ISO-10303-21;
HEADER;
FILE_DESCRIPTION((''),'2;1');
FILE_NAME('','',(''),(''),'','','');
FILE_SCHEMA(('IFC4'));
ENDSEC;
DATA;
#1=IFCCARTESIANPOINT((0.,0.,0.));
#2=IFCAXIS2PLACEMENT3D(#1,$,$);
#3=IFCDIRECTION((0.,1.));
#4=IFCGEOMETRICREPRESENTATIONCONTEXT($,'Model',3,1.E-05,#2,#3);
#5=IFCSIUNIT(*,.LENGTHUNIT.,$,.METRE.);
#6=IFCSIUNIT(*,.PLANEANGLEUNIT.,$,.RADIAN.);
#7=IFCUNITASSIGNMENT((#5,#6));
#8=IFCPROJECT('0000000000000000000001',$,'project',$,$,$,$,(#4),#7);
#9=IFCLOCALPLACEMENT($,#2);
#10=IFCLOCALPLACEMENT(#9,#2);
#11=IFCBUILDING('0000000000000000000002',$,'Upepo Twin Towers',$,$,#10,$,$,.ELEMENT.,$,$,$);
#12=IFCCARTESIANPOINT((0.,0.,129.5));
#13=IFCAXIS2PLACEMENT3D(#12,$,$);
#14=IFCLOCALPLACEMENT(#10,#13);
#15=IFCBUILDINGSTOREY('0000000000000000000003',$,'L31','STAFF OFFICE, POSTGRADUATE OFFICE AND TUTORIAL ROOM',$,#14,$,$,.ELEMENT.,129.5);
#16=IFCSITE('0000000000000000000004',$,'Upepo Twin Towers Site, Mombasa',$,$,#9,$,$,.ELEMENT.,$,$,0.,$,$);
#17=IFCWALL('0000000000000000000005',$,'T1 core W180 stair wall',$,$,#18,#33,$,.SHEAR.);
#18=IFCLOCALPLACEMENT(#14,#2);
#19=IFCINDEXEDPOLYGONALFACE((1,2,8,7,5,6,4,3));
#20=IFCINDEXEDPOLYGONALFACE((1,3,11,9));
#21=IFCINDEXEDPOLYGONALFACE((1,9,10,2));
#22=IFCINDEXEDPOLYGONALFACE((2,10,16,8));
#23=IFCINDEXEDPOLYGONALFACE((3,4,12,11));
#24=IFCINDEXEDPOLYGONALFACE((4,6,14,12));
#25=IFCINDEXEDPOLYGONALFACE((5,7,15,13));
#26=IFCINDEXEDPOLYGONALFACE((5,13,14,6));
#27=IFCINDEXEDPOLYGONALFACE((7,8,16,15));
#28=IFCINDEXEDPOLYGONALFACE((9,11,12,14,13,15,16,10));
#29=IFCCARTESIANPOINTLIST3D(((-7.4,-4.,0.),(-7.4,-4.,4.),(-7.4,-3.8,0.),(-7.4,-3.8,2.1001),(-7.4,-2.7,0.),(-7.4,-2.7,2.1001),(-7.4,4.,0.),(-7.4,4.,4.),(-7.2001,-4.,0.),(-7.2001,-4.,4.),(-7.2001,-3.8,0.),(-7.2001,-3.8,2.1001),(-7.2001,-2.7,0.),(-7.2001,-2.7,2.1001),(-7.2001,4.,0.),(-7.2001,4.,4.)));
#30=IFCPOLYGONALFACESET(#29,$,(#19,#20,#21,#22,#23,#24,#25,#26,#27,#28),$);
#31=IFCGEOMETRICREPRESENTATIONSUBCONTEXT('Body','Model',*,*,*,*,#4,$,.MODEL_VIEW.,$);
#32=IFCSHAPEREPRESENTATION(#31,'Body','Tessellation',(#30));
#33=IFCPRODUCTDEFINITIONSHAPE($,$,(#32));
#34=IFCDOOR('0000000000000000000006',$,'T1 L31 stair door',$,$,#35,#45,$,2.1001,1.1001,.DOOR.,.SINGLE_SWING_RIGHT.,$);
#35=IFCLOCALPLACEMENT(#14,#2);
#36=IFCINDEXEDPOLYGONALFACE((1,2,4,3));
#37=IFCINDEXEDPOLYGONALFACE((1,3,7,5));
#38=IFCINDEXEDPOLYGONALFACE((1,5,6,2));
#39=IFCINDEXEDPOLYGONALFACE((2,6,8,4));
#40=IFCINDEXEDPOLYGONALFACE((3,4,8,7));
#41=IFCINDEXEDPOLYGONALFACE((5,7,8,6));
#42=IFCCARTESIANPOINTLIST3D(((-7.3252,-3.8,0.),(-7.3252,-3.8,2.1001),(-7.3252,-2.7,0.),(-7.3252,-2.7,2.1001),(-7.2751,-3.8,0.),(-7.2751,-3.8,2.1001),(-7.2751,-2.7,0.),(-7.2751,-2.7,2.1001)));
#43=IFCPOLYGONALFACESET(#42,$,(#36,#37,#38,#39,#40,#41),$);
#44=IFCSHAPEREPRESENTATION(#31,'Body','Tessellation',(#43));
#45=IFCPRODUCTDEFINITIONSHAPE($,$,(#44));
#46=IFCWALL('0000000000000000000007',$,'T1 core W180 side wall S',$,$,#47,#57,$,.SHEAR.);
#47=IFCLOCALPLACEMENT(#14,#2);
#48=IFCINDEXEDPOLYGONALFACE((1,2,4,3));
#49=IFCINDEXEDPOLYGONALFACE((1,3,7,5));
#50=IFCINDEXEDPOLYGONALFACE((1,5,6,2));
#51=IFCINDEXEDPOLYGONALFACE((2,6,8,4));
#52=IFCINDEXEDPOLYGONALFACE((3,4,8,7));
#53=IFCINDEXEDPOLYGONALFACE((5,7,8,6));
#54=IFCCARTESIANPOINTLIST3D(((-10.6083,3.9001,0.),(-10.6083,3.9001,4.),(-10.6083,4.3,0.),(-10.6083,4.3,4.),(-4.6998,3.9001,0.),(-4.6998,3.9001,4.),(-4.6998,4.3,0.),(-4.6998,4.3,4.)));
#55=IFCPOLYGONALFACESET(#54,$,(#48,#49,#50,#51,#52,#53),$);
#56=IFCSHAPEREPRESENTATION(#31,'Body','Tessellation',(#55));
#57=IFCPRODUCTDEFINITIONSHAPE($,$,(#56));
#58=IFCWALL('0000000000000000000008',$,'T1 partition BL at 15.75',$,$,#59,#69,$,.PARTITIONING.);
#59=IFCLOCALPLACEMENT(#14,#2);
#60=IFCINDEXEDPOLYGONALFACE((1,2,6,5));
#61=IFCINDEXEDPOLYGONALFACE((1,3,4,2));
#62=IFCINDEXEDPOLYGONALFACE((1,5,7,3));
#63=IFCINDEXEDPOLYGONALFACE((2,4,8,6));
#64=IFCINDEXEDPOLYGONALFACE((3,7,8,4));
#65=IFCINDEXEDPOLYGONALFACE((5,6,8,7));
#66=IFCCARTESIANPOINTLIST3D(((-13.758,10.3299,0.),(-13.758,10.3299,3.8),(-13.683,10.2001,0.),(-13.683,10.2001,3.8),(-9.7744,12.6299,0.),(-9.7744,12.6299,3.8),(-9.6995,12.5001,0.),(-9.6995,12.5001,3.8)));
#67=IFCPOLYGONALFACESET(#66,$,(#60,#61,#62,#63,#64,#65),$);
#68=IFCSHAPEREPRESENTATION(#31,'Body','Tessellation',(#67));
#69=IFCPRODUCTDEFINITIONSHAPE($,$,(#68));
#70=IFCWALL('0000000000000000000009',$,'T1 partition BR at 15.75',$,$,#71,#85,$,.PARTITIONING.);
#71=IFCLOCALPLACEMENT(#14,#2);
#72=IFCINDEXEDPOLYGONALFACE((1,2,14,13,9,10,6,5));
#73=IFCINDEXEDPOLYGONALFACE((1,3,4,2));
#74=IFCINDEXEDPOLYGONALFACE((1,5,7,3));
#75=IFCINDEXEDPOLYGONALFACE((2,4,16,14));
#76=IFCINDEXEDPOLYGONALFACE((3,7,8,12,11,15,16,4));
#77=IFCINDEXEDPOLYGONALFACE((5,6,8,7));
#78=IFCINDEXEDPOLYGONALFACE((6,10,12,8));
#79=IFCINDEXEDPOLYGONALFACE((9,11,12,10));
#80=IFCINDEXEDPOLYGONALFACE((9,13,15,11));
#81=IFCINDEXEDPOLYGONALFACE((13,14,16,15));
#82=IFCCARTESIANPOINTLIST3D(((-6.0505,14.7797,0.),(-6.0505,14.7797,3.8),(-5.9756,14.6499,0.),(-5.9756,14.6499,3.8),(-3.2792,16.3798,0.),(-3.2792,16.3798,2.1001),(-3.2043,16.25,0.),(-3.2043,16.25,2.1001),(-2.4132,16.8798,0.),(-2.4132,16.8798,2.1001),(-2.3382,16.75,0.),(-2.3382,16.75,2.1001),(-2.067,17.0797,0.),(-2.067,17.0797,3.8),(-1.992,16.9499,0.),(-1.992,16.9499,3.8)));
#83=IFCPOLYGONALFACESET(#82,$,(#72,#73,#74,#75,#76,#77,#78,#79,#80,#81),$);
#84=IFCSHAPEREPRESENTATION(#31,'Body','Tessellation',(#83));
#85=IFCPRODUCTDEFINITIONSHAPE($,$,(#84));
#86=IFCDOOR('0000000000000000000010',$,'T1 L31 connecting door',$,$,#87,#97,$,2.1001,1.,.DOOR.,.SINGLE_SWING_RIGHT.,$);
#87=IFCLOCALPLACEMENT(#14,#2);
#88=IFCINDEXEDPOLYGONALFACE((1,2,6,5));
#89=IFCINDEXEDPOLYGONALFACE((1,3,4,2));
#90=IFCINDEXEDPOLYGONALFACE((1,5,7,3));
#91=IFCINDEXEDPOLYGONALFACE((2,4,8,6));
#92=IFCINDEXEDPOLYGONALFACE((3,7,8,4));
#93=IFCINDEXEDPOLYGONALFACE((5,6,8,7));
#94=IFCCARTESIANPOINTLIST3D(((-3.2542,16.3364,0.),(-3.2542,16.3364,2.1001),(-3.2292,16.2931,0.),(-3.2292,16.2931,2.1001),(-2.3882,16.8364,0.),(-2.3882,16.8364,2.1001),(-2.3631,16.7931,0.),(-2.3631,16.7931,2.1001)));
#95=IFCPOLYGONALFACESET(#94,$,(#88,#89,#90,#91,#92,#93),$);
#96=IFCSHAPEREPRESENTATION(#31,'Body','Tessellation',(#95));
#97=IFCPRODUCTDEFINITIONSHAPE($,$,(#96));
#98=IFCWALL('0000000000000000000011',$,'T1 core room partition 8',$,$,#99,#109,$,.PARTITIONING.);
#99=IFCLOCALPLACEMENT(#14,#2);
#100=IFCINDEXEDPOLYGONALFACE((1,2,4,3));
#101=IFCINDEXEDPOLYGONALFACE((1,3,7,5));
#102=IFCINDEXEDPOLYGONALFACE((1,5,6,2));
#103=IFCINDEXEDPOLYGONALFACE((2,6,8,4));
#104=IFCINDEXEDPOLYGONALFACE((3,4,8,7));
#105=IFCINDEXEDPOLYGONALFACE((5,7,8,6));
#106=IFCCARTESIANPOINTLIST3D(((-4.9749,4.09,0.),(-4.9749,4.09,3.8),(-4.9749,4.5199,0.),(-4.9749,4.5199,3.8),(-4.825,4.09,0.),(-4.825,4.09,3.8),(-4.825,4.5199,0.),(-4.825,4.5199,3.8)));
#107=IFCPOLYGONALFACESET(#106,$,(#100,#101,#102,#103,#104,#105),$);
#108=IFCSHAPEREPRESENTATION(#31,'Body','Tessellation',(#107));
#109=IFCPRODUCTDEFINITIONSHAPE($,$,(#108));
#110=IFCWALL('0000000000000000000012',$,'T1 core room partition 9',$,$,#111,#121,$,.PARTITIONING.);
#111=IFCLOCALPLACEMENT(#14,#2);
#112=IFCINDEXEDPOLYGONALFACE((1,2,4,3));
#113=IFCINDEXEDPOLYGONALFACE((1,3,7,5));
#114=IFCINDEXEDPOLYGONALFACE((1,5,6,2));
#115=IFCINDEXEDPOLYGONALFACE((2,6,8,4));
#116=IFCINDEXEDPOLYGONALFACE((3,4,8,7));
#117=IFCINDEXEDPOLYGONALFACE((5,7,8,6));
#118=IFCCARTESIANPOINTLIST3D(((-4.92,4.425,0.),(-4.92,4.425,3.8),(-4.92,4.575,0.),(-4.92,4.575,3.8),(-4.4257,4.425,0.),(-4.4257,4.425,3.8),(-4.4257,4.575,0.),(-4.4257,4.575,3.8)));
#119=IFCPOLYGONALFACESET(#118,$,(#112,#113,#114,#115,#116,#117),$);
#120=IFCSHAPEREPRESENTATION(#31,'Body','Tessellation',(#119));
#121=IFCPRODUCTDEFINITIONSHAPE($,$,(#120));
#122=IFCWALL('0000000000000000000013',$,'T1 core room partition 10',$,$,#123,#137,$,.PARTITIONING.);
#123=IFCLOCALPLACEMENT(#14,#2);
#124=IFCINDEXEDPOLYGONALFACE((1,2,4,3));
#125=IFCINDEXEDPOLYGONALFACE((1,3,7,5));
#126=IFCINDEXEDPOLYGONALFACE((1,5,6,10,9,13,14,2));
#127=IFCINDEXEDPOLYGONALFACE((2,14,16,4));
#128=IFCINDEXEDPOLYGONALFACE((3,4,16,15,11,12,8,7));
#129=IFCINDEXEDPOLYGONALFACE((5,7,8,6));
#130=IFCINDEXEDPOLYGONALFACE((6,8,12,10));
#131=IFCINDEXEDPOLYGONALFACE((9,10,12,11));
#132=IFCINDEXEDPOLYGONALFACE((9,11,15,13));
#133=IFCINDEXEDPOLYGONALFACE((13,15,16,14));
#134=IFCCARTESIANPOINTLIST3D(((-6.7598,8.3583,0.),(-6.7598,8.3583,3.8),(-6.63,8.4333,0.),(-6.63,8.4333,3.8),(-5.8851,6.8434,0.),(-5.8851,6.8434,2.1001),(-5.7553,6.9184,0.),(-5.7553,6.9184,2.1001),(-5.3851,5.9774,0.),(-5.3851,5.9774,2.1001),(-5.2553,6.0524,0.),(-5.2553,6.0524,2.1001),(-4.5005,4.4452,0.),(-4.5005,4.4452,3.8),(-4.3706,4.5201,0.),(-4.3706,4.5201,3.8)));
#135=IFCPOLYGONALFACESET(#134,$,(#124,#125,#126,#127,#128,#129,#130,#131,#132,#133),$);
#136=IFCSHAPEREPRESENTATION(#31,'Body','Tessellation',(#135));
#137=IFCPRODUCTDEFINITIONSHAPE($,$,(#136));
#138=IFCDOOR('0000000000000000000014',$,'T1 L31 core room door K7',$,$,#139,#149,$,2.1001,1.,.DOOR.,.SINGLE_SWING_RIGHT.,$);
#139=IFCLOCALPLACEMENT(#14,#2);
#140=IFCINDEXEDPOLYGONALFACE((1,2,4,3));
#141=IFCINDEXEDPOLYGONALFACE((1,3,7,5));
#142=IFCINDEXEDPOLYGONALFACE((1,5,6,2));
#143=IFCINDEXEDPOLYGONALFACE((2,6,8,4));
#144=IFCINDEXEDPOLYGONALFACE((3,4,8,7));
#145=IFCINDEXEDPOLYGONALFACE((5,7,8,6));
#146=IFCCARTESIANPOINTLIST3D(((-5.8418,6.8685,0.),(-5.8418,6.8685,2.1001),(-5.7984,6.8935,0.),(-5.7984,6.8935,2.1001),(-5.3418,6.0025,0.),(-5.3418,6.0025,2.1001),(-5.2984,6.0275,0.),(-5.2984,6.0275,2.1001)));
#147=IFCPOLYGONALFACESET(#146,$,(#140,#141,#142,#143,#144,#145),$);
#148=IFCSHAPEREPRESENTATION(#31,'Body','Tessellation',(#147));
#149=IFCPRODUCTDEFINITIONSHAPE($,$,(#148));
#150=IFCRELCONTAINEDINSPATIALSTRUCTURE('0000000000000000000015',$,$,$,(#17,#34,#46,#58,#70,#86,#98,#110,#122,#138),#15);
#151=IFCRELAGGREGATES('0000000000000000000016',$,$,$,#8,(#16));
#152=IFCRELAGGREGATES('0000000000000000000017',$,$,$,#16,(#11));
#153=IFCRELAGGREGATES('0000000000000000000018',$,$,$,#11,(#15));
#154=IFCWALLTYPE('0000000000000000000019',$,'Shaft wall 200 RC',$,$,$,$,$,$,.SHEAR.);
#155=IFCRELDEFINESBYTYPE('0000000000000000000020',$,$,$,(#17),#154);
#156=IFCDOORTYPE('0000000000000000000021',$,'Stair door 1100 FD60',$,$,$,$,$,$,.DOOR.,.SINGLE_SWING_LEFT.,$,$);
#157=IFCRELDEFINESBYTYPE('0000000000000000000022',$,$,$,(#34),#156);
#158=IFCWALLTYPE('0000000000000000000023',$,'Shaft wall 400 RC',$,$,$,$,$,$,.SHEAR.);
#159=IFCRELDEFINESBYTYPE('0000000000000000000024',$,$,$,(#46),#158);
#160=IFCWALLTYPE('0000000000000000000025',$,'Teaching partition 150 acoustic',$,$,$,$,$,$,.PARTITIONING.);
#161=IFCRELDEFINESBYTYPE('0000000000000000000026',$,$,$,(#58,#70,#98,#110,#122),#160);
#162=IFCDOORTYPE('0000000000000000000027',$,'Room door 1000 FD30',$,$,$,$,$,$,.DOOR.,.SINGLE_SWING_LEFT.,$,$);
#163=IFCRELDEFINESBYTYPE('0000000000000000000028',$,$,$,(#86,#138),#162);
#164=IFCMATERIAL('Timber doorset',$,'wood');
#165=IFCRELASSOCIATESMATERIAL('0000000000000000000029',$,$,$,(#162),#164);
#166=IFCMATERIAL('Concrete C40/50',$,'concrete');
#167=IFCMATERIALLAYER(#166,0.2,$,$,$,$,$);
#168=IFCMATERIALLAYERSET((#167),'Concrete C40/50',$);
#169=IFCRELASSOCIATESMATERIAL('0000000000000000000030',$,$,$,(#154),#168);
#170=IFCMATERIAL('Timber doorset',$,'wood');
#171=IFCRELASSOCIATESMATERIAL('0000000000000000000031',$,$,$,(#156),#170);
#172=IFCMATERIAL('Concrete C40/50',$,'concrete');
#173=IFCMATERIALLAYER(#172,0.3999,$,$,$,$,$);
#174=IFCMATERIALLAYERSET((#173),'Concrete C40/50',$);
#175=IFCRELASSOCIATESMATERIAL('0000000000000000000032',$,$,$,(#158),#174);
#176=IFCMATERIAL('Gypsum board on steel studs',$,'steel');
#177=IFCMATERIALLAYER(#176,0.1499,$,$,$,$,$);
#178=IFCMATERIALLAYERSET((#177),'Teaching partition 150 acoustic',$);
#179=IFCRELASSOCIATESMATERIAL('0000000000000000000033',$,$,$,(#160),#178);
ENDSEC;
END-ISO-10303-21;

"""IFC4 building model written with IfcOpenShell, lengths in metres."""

from ifc_helpers import new_model, si_unit, direction, frame, frame_2d, origin, place, context, subcontext, project, spatial, rectangle, extrude, material, layer, layer_set, type_object, element, fill, save


model = new_model("IFC4")

# Units and contexts
model_context = context("Model", 3, precision=1e-05, world=origin(), true_north=direction((0.0, 1.0)))
body_context = subcontext(model_context, "Body", "Model", "MODEL_VIEW")
ifc_project = project(units=[si_unit("LENGTHUNIT", "METRE"), si_unit("PLANEANGLEUNIT", "RADIAN")], contexts=[model_context])

# Site, building, storey
site_placement = place(None, origin())
site = spatial("IfcSite", under=ifc_project, at=site_placement, Name="Upepo Twin Towers Site, Mombasa", CompositionType="ELEMENT", RefElevation=0.0)
building_placement = place(site_placement, origin())
building = spatial("IfcBuilding", under=site, at=building_placement, Name="Upepo Twin Towers", CompositionType="ELEMENT")
storey_placement = place(building_placement, frame((0.0, 0.0, 129.5)))
storey = spatial("IfcBuildingStorey", under=building, at=storey_placement, Name="L31", Description="STAFF OFFICE, POSTGRADUATE OFFICE AND TUTORIAL ROOM", CompositionType="ELEMENT", Elevation=129.5)

# Shared definitions
ifc_material_1 = material(Name="Timber doorset", Category="wood")
door_type_1 = type_object("IfcDoorType", Name="Room door 1000 FD30", OperationType="SINGLE_SWING_LEFT", PredefinedType="DOOR", material=ifc_material_1)

# Shared definitions
ifc_material_2 = material(Name="Concrete C40/50", Category="concrete")
ifc_layer_1 = layer(ifc_material_2, 0.2)
ifc_layer_set_1 = layer_set([ifc_layer_1], Name="Concrete C40/50")
wall_type_1 = type_object("IfcWallType", Name="Shaft wall 200 RC", PredefinedType="SHEAR", material=ifc_layer_set_1)

# Wall, opening, door
wall_1_placement = place(storey_placement, frame((-7.3, 4.0, 0.0), z_axis=(0.0, 0.0, 1.0), x_axis=(0.0, -1.0, 0.0)))
wall_1 = element("IfcWall", 1, at=wall_1_placement, inside=storey, type_object=wall_type_1, Name="T1 core W180 stair wall", PredefinedType="SHEAR", context=body_context, shape_type="SweptSolid", body=[
    extrude(rectangle(XDim=8.0, YDim=0.2, at=frame_2d((4.0, 0.0))), origin(), (0.0, 0.0, 1.0), 4.0),
])
opening_1_placement = place(wall_1_placement, frame((6.7, 0.0, 0.0)))
opening_1 = element("IfcOpeningElement", 2, at=opening_1_placement, cuts=wall_1, PredefinedType="OPENING", context=body_context, shape_type="SweptSolid", body=[
    extrude(rectangle(XDim=1.1001, YDim=2.1001, at=frame_2d((0.55, 1.05))), frame((0.0, 0.1099, 0.0), z_axis=(0.0, -1.0, 0.0), x_axis=(1.0, 0.0, 0.0)), (0.0, 0.0, 1.0), 0.22),
])
ifc_material_3 = material(Name="Timber doorset", Category="wood")
door_type_2 = type_object("IfcDoorType", Name="Stair door 1100 FD60", OperationType="SINGLE_SWING_LEFT", PredefinedType="DOOR", material=ifc_material_3)
door_1_placement = place(opening_1_placement, origin())
door_1 = element("IfcDoor", 3, at=door_1_placement, inside=storey, type_object=door_type_2, Name="T1 L31 stair door", OperationType="SINGLE_SWING_RIGHT", OverallHeight=2.1001, OverallWidth=1.1001, PredefinedType="DOOR", context=body_context, shape_type="SweptSolid", body=[
    extrude(rectangle(XDim=1.1001, YDim=2.1001, at=frame_2d((0.55, 1.05))), frame((0.0, 0.0249, 0.0), z_axis=(0.0, -1.0, 0.0), x_axis=(1.0, 0.0, 0.0)), (0.0, 0.0, 1.0), 0.05),
])
fill(opening_1, door_1)

# Walls
ifc_material_4 = material(Name="Concrete C40/50", Category="concrete")
ifc_layer_2 = layer(ifc_material_4, 0.3999)
ifc_layer_set_2 = layer_set([ifc_layer_2], Name="Concrete C40/50")
wall_type_2 = type_object("IfcWallType", Name="Shaft wall 400 RC", PredefinedType="SHEAR", material=ifc_layer_set_2)
wall_2_placement = place(storey_placement, frame((-4.7, 4.1001, 0.0), z_axis=(0.0, 0.0, 1.0), x_axis=(-1.0, 0.0, 0.0)))
element("IfcWall", 4, at=wall_2_placement, inside=storey, type_object=wall_type_2, Name="T1 core W180 side wall S", PredefinedType="SHEAR", context=body_context, shape_type="SweptSolid", body=[
    extrude(rectangle(XDim=5.9084, YDim=0.3999, at=frame_2d((2.9541, 0.0))), origin(), (0.0, 0.0, 1.0), 4.0),
])
ifc_material_5 = material(Name="Gypsum board on steel studs", Category="steel")
ifc_layer_3 = layer(ifc_material_5, 0.1499)
ifc_layer_set_3 = layer_set([ifc_layer_3], Name="Teaching partition 150 acoustic")
wall_type_3 = type_object("IfcWallType", Name="Teaching partition 150 acoustic", PredefinedType="PARTITIONING", material=ifc_layer_set_3)
wall_3_placement = place(storey_placement, frame((-9.7371, 12.5649, 0.0), z_axis=(0.0, 0.0, 1.0), x_axis=(-0.866017, -0.500015, 0.0)))
element("IfcWall", 5, at=wall_3_placement, inside=storey, type_object=wall_type_3, Name="T1 partition BL at 15.75", PredefinedType="PARTITIONING", context=body_context, shape_type="SweptSolid", body=[
    extrude(rectangle(XDim=4.5999, YDim=0.1499, at=frame_2d((2.2998, 0.0))), origin(), (0.0, 0.0, 1.0), 3.8),
])

# Wall, opening, door
wall_4_placement = place(storey_placement, frame((-6.0129, 14.7148, 0.0), z_axis=(0.0, 0.0, 1.0), x_axis=(0.866017, 0.500015, 0.0)))
wall_4 = element("IfcWall", 6, at=wall_4_placement, inside=storey, type_object=wall_type_3, Name="T1 partition BR at 15.75", PredefinedType="PARTITIONING", context=body_context, shape_type="SweptSolid", body=[
    extrude(rectangle(XDim=4.5999, YDim=0.1499, at=frame_2d((2.2998, 0.0))), origin(), (0.0, 0.0, 1.0), 3.8),
])
opening_2_placement = place(wall_4_placement, frame((3.2, 0.0, 0.0)))
opening_2 = element("IfcOpeningElement", 7, at=opening_2_placement, cuts=wall_4, PredefinedType="OPENING", context=body_context, shape_type="SweptSolid", body=[
    extrude(rectangle(XDim=1.0, YDim=2.1001, at=frame_2d((0.5, 1.05))), frame((0.0, 0.085, 0.0), z_axis=(0.0, -1.0, 0.0), x_axis=(1.0, 0.0, 0.0)), (0.0, 0.0, 1.0), 0.1699),
])
door_2_placement = place(opening_2_placement, origin())
door_2 = element("IfcDoor", 8, at=door_2_placement, inside=storey, type_object=door_type_1, Name="T1 L31 connecting door", OperationType="SINGLE_SWING_RIGHT", OverallHeight=2.1001, OverallWidth=1.0, PredefinedType="DOOR", context=body_context, shape_type="SweptSolid", body=[
    extrude(rectangle(XDim=1.0, YDim=2.1001, at=frame_2d((0.5, 1.05))), frame((0.0, 0.0249, 0.0), z_axis=(0.0, -1.0, 0.0), x_axis=(1.0, 0.0, 0.0)), (0.0, 0.0, 1.0), 0.05),
])
fill(opening_2, door_2)

# Walls
wall_5_placement = place(storey_placement, frame((-4.8999, 4.0901, 0.0), z_axis=(0.0, 0.0, 1.0), x_axis=(0.0, 1.0, 0.0)))
element("IfcWall", 9, at=wall_5_placement, inside=storey, type_object=wall_type_3, Name="T1 core room partition 8", PredefinedType="PARTITIONING", context=body_context, shape_type="SweptSolid", body=[
    extrude(rectangle(XDim=0.4299, YDim=0.1499, at=frame_2d((0.2148, 0.0))), origin(), (0.0, 0.0, 1.0), 3.8),
])
wall_6_placement = place(storey_placement, frame((-4.9199, 4.5, 0.0), z_axis=(0.0, 0.0, 1.0), x_axis=(1.0, 0.0, 0.0)))
element("IfcWall", 10, at=wall_6_placement, inside=storey, type_object=wall_type_3, Name="T1 core room partition 9", PredefinedType="PARTITIONING", context=body_context, shape_type="SweptSolid", body=[
    extrude(rectangle(XDim=0.4944, YDim=0.1499, at=frame_2d((0.2471, 0.0))), origin(), (0.0, 0.0, 1.0), 3.8),
])

# Wall, opening, door
wall_7_placement = place(storey_placement, frame((-4.4355, 4.4827, 0.0), z_axis=(0.0, 0.0, 1.0), x_axis=(-0.500009, 0.86602, 0.0)))
wall_7 = element("IfcWall", 11, at=wall_7_placement, inside=storey, type_object=wall_type_3, Name="T1 core room partition 10", PredefinedType="PARTITIONING", context=body_context, shape_type="SweptSolid", body=[
    extrude(rectangle(XDim=4.5186, YDim=0.1499, at=frame_2d((2.2593, 0.0))), origin(), (0.0, 0.0, 1.0), 3.8),
])
opening_3_placement = place(wall_7_placement, frame((1.7693, 0.0, 0.0)))
opening_3 = element("IfcOpeningElement", 12, at=opening_3_placement, cuts=wall_7, PredefinedType="OPENING", context=body_context, shape_type="SweptSolid", body=[
    extrude(rectangle(XDim=1.0, YDim=2.1001, at=frame_2d((0.5, 1.05))), frame((0.0, 0.085, 0.0), z_axis=(0.0, -1.0, 0.0), x_axis=(1.0, 0.0, 0.0)), (0.0, 0.0, 1.0), 0.1699),
])
door_3_placement = place(opening_3_placement, origin())
door_3 = element("IfcDoor", 13, at=door_3_placement, inside=storey, type_object=door_type_1, Name="T1 L31 core room door K7", OperationType="SINGLE_SWING_RIGHT", OverallHeight=2.1001, OverallWidth=1.0, PredefinedType="DOOR", context=body_context, shape_type="SweptSolid", body=[
    extrude(rectangle(XDim=1.0, YDim=2.1001, at=frame_2d((0.5, 1.05))), frame((0.0, 0.0249, 0.0), z_axis=(0.0, -1.0, 0.0), x_axis=(1.0, 0.0, 0.0)), (0.0, 0.0, 1.0), 0.05),
])
fill(opening_3, door_3)

save(model, "model.ifc")
